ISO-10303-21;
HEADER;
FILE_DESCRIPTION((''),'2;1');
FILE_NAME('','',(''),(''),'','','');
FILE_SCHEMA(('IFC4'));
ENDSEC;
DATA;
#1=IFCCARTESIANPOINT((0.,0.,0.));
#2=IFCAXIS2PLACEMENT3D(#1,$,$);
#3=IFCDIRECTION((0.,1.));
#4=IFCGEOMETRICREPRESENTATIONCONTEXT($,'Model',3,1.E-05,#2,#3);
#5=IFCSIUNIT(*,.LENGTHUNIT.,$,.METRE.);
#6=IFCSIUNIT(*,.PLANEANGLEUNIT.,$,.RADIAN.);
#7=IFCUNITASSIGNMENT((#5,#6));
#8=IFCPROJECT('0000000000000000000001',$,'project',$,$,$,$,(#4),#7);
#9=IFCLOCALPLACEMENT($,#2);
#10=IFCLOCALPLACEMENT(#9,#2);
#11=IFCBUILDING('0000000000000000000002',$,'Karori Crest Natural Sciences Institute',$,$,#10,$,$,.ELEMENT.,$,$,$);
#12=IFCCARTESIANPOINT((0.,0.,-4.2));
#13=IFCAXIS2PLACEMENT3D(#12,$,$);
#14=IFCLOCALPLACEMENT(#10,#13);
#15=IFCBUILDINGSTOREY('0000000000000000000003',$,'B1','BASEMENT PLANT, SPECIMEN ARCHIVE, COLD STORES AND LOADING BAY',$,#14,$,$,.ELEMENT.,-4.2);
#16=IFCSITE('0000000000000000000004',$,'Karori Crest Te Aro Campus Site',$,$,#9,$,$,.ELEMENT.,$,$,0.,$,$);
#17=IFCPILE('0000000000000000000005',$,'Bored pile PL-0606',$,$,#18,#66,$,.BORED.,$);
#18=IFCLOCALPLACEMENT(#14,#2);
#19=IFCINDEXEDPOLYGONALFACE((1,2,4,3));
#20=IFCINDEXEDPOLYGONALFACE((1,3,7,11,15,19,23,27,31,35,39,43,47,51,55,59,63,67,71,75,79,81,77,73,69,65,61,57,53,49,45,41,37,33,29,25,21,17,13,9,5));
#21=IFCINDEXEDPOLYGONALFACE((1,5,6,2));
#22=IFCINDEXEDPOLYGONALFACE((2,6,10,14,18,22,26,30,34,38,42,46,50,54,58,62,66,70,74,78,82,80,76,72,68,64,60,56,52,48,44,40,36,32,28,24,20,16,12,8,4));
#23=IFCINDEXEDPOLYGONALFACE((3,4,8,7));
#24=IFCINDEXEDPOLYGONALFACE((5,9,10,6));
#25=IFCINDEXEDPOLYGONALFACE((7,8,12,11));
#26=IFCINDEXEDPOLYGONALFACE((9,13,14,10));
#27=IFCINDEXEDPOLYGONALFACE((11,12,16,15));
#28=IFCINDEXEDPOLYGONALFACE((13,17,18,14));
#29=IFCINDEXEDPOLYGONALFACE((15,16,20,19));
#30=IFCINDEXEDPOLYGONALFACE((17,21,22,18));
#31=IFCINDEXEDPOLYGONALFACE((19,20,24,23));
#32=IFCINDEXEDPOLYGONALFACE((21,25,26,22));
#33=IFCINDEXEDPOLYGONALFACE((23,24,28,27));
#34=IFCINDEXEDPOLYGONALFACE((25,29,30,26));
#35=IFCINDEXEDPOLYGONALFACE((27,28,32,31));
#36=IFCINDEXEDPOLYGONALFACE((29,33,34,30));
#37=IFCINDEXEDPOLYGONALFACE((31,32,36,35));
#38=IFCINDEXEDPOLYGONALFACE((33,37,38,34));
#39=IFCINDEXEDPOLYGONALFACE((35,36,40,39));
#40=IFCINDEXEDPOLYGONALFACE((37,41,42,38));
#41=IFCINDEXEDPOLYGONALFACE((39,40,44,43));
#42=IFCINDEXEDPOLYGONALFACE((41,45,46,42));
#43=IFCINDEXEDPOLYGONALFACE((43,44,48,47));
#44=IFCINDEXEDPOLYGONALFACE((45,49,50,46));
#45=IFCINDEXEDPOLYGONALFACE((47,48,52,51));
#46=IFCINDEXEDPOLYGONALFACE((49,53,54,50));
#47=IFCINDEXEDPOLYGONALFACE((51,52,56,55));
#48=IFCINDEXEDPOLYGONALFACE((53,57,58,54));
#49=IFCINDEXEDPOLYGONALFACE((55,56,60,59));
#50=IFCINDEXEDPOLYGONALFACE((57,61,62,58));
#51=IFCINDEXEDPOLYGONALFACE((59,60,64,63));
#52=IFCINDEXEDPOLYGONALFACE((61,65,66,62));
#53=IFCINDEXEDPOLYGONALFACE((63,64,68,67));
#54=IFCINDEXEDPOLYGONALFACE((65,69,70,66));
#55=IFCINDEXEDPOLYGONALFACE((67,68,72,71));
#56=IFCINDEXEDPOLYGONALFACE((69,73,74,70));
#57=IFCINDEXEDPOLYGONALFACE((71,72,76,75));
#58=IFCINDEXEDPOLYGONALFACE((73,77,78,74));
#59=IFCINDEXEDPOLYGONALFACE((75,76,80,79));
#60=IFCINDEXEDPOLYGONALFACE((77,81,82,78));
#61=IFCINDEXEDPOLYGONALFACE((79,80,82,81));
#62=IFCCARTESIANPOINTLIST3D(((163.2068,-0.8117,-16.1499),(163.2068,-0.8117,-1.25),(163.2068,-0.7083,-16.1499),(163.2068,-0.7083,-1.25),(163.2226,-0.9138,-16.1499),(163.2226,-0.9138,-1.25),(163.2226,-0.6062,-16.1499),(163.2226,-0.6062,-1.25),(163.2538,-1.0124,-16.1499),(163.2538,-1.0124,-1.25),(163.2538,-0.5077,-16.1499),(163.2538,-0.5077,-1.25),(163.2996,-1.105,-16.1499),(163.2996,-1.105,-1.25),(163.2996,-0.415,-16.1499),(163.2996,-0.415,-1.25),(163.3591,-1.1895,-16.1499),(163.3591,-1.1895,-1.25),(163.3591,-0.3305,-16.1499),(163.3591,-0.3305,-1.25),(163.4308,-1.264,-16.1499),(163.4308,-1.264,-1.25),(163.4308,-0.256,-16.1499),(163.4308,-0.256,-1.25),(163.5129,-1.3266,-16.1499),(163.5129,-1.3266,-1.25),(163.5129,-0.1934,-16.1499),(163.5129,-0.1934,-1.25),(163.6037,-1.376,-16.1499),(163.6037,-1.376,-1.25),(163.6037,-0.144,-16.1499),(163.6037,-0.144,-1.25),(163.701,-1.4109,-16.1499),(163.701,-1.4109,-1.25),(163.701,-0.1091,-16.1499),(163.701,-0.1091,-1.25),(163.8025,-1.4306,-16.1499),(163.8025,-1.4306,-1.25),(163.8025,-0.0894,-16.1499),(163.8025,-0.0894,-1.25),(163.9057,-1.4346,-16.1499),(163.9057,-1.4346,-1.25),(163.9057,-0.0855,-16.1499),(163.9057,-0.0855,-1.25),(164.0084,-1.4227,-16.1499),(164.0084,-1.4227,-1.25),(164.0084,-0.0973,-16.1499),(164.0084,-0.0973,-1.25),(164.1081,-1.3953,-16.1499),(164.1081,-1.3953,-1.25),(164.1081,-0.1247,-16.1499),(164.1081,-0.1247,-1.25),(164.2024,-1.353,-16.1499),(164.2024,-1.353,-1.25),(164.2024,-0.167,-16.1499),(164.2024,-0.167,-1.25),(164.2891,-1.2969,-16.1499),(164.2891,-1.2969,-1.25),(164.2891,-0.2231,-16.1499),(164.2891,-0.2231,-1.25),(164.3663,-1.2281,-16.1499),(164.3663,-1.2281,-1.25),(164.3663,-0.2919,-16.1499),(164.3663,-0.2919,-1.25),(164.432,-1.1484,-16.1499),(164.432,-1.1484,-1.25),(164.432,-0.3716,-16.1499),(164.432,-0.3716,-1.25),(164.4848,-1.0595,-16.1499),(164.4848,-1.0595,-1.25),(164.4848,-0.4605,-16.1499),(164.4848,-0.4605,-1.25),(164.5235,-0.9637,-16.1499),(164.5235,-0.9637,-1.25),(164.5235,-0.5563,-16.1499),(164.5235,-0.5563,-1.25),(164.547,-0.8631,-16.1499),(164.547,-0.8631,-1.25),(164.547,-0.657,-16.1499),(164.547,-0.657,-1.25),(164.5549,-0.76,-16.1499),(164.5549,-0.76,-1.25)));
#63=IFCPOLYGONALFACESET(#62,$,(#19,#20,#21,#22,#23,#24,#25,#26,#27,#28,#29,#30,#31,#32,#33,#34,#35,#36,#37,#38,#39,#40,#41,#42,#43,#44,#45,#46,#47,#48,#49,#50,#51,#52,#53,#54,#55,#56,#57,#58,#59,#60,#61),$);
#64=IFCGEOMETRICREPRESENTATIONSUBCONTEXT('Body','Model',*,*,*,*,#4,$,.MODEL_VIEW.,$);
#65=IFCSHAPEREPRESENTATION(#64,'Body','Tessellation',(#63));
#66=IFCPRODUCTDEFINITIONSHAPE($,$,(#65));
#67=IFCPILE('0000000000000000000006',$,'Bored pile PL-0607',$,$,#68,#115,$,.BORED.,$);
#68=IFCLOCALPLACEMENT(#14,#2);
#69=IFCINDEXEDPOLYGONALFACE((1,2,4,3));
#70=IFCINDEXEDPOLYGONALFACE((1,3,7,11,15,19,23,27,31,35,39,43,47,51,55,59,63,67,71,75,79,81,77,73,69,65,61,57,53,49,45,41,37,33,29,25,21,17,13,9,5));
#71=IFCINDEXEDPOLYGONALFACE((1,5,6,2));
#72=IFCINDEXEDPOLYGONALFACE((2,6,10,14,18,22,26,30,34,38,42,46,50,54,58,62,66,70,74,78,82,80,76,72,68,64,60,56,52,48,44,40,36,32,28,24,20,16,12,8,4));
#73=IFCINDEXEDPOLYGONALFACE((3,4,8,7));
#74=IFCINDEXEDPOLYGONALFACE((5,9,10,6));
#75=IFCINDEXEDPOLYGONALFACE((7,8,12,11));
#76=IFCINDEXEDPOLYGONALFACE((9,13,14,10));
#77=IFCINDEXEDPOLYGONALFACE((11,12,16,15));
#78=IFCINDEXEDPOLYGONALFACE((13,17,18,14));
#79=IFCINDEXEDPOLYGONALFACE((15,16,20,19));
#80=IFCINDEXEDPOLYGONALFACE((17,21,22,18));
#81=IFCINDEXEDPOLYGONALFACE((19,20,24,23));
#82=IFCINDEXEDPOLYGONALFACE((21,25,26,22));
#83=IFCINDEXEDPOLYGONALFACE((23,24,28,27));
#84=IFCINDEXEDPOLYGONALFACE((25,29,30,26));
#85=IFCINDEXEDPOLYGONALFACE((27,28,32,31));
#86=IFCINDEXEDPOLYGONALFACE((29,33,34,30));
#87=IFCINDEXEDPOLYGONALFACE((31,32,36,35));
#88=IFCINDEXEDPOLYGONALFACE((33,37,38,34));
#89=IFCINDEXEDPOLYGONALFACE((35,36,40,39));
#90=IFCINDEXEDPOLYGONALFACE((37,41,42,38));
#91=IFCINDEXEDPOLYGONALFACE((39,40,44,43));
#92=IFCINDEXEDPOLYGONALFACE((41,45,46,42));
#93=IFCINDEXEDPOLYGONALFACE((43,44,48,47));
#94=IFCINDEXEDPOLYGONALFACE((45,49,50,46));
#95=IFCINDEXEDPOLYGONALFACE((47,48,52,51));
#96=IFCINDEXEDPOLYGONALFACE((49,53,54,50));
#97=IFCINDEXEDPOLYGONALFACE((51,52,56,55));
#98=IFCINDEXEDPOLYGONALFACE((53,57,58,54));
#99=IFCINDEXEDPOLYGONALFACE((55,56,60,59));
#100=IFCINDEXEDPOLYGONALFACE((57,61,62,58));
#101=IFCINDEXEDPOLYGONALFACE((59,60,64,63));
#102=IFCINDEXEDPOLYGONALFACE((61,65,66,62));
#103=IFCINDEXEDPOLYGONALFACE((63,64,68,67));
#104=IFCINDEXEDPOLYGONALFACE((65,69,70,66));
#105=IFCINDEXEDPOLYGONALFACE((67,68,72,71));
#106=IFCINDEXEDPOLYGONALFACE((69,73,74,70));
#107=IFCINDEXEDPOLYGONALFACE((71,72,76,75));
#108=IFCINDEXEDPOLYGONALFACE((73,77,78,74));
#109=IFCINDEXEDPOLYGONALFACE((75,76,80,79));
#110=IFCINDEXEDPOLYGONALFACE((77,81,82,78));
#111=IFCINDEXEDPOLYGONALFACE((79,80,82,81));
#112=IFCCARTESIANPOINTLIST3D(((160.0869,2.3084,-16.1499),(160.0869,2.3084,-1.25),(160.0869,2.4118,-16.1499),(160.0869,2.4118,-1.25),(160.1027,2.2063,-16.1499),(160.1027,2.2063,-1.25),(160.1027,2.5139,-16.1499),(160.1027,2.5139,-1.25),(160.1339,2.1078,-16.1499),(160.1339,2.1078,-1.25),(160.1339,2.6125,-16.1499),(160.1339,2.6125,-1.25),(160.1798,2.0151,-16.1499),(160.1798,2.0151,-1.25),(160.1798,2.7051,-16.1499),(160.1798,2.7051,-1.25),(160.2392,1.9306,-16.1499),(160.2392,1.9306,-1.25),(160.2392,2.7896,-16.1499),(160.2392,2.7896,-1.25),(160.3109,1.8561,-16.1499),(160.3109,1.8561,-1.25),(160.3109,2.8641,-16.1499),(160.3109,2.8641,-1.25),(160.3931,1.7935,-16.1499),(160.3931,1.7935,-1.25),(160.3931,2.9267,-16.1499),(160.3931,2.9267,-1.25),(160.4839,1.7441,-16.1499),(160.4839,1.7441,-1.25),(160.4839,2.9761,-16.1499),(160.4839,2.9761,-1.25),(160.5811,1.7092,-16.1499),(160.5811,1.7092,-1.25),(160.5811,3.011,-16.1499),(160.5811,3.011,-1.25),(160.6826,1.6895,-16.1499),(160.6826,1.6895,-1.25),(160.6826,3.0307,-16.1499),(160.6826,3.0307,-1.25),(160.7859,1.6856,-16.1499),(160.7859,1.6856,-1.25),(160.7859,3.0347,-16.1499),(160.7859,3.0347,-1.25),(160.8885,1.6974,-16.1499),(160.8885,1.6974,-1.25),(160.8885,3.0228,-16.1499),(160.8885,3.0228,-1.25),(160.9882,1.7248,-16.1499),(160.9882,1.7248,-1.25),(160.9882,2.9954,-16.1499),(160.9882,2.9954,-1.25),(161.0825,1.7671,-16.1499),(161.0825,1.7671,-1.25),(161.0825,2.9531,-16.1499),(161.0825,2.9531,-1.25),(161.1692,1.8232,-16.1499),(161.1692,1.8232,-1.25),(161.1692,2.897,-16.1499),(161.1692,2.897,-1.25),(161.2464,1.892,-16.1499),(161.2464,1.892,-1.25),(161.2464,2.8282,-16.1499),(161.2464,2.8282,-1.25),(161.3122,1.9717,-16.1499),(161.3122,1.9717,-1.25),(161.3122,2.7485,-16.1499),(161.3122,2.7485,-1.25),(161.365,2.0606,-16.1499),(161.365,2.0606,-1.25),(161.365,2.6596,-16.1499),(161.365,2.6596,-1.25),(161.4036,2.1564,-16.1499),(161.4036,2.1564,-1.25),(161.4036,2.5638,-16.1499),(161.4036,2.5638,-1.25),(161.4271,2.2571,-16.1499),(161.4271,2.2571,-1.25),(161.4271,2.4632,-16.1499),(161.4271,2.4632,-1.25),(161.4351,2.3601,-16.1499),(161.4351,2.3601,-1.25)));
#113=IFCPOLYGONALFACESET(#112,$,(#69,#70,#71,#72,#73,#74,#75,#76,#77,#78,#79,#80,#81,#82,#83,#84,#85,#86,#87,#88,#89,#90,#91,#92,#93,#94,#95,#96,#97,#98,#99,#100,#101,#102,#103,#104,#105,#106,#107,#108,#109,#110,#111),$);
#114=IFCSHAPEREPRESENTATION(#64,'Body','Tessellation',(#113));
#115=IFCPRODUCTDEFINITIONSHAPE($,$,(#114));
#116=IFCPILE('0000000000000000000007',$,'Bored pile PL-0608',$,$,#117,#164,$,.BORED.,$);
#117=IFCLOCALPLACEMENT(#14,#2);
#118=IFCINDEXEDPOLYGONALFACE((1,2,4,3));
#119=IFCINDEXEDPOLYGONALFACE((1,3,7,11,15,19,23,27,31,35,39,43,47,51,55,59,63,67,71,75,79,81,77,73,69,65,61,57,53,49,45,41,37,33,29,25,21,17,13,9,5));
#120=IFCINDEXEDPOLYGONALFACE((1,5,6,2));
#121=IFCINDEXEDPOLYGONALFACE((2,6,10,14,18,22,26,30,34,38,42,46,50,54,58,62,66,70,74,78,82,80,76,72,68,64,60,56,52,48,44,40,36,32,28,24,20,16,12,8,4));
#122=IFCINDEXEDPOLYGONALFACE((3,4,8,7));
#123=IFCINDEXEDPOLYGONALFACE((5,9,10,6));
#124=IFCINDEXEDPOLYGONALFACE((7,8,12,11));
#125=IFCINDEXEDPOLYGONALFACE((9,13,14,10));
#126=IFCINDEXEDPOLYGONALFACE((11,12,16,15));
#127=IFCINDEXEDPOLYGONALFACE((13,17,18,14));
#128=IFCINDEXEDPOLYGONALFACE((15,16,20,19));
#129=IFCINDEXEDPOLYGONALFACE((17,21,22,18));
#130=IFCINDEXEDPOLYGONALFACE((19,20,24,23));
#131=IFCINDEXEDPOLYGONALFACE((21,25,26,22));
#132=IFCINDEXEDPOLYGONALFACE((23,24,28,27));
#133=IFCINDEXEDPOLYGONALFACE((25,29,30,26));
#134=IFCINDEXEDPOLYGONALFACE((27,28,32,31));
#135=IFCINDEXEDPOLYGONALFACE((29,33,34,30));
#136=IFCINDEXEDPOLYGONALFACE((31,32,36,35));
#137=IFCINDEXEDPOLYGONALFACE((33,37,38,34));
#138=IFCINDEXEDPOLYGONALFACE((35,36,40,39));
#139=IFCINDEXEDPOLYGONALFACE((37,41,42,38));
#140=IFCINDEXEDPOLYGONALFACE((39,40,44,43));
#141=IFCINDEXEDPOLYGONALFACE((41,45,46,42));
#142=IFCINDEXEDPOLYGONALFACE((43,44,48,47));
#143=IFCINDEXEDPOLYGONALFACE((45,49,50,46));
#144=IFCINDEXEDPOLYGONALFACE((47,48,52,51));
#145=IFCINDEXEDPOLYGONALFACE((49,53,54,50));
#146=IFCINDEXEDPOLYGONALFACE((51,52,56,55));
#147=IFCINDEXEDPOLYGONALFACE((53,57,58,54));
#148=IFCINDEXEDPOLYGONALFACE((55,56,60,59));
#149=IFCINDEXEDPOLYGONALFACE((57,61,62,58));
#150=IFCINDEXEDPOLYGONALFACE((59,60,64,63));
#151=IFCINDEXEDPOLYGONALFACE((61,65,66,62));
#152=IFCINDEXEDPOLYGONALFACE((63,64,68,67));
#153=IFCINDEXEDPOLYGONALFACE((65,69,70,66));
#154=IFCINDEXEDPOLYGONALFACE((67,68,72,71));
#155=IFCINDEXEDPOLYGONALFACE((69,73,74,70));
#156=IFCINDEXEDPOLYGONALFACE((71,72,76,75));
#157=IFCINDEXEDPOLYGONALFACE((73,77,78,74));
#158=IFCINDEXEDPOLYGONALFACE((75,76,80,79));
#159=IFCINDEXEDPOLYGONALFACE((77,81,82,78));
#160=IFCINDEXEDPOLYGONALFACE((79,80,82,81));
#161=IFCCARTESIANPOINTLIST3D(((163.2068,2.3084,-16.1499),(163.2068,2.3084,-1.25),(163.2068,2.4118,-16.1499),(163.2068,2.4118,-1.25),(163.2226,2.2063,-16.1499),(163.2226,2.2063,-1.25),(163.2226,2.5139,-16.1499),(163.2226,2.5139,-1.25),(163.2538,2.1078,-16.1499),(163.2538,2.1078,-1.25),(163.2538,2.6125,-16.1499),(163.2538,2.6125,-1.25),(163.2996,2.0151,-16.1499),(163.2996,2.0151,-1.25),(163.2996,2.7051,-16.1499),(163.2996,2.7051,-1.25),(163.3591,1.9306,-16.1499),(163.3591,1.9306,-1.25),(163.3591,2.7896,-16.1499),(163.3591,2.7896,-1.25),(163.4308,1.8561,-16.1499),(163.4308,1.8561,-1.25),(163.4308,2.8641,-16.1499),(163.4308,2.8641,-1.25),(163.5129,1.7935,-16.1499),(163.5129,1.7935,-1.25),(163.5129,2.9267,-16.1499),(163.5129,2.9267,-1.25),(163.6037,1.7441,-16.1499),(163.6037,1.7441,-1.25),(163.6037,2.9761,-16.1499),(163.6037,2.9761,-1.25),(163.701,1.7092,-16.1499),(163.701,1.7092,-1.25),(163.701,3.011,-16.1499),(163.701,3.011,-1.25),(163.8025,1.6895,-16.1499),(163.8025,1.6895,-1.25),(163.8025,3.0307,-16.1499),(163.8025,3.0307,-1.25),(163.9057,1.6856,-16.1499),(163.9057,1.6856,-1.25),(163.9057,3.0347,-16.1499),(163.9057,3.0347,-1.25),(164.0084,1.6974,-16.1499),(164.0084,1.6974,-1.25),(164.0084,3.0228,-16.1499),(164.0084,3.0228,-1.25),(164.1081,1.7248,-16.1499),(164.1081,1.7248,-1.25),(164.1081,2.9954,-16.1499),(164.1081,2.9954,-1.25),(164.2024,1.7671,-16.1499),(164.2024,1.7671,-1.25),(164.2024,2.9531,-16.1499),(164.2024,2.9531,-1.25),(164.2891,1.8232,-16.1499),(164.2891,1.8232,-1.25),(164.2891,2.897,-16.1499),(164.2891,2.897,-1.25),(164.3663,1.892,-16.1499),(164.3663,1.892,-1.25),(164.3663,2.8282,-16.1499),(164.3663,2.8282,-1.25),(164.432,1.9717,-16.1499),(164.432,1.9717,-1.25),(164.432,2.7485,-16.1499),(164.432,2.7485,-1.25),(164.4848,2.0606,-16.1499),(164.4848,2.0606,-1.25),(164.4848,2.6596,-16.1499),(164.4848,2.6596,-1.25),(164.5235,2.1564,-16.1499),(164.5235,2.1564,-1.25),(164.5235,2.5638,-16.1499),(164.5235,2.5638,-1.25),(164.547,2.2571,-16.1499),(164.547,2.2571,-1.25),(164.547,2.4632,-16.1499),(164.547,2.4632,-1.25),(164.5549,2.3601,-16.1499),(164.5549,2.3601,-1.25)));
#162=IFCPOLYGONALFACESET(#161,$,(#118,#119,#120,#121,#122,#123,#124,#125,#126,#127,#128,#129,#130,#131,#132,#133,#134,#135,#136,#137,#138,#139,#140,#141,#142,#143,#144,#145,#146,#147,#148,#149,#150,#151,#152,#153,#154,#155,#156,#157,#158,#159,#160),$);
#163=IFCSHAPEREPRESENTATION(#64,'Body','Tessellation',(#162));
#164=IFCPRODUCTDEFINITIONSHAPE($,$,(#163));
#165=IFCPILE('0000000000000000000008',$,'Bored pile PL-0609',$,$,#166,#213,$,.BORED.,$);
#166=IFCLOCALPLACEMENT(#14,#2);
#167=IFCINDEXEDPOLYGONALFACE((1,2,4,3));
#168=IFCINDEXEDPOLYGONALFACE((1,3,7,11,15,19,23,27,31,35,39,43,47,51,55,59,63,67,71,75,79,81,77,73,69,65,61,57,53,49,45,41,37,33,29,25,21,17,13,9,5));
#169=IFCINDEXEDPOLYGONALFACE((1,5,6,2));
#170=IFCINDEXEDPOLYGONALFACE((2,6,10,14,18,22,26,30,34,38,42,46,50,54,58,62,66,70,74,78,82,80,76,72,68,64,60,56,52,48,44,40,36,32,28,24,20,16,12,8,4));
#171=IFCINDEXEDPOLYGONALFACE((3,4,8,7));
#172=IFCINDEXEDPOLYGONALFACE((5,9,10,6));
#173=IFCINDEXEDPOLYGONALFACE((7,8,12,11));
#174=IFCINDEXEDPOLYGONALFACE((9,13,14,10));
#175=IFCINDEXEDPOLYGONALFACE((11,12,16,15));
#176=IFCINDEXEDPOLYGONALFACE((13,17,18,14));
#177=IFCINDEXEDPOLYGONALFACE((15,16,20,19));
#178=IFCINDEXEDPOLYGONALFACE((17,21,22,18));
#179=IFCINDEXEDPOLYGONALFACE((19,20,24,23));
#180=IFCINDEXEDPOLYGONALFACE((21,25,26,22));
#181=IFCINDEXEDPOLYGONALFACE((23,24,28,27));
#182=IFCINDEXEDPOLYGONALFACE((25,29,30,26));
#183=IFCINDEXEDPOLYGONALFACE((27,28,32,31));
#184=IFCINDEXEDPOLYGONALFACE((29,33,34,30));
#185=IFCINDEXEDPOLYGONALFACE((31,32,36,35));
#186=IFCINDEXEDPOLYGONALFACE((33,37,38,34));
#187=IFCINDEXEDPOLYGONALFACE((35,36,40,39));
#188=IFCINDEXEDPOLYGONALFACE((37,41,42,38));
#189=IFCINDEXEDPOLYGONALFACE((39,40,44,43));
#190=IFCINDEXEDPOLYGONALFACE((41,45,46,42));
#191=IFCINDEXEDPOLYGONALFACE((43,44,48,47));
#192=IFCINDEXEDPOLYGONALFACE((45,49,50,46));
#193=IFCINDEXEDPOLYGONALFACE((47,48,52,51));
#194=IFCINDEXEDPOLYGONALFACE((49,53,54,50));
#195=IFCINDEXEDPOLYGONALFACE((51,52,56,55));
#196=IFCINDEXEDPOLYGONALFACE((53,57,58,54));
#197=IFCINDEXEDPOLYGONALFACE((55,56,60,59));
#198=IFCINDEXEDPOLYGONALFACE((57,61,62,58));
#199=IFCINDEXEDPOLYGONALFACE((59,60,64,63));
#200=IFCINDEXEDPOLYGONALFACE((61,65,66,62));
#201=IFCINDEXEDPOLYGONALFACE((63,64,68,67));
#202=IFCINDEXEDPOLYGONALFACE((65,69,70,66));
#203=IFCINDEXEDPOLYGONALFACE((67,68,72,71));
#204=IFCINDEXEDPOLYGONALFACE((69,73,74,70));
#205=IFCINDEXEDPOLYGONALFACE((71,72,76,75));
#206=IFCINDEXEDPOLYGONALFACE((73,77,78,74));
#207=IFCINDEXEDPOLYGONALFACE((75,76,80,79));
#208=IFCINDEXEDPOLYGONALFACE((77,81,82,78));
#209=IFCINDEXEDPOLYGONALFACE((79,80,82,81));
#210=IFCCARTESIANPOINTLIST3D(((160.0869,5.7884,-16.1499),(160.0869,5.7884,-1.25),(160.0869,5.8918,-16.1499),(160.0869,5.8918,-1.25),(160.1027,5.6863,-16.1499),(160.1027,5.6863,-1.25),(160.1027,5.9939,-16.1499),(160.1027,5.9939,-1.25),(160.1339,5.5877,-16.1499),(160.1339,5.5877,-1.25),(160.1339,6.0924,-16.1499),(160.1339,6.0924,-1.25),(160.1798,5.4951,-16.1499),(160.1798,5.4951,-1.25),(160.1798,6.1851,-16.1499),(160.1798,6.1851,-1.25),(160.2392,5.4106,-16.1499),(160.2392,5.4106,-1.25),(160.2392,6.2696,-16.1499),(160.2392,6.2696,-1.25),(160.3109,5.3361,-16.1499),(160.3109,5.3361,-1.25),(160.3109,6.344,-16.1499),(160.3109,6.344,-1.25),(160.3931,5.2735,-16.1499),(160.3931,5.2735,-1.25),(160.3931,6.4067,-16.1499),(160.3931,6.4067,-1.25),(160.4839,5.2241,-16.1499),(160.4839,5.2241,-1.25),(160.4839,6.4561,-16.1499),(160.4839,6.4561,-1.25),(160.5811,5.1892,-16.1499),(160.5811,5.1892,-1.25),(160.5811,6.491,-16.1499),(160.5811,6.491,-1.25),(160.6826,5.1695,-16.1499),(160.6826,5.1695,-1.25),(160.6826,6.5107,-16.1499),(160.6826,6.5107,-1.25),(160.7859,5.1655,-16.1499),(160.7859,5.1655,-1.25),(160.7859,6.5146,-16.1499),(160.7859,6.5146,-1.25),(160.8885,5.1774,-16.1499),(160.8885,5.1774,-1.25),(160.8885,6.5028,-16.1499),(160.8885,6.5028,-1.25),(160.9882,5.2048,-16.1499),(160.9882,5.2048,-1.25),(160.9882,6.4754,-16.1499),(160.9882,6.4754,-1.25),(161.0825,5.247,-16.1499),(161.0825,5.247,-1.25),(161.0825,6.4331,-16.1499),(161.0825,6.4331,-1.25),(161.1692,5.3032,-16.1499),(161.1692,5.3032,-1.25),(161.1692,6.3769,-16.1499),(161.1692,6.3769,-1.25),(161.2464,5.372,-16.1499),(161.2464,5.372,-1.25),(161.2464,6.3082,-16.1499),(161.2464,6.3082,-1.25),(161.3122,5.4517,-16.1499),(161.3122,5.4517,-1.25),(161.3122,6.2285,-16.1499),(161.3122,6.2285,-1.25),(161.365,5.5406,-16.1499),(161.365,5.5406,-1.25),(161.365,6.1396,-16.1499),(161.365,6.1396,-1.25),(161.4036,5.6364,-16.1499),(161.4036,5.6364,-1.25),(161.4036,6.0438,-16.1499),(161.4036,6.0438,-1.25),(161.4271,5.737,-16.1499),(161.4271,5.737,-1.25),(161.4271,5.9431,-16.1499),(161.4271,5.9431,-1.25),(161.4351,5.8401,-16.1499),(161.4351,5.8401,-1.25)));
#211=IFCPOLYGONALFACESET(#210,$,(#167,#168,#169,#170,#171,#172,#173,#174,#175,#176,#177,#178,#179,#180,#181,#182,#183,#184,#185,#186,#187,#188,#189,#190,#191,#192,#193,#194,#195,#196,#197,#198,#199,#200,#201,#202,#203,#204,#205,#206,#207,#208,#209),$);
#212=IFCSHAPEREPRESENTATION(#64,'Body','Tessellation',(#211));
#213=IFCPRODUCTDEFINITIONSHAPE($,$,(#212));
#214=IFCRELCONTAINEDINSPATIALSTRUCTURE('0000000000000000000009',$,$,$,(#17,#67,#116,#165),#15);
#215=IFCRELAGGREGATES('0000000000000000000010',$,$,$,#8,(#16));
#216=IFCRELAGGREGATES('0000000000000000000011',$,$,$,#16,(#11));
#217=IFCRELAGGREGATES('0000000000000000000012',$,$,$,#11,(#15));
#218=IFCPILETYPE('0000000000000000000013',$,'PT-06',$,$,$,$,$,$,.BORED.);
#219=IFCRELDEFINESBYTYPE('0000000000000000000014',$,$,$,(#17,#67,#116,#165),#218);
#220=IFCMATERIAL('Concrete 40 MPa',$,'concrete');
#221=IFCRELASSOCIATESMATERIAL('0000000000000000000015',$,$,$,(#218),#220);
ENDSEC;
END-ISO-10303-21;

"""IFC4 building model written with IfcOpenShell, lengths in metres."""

from ifc_helpers import new_model, si_unit, direction, frame, origin, origin_2d, place, context, subcontext, project, spatial, circle, extrude, material, material_profile, profile_set, type_object, element, save


model = new_model("IFC4")

# Units and contexts
model_context = context("Model", 3, precision=1e-05, world=origin(), true_north=direction((0.0, 1.0)))
body_context = subcontext(model_context, "Body", "Model", "MODEL_VIEW")
ifc_project = project(units=[si_unit("LENGTHUNIT", "METRE"), si_unit("PLANEANGLEUNIT", "RADIAN")], contexts=[model_context])

# Site, building, storey
site_placement = place(None, origin())
site = spatial("IfcSite", under=ifc_project, at=site_placement, Name="Karori Crest Te Aro Campus Site", CompositionType="ELEMENT", RefElevation=0.0)
building_placement = place(site_placement, origin())
building = spatial("IfcBuilding", under=site, at=building_placement, Name="Karori Crest Natural Sciences Institute", CompositionType="ELEMENT")
storey_placement = place(building_placement, frame((0.0, 0.0, -4.2)))
storey = spatial("IfcBuildingStorey", under=building, at=storey_placement, Name="B1", Description="BASEMENT PLANT, SPECIMEN ARCHIVE, COLD STORES AND LOADING BAY", CompositionType="ELEMENT", Elevation=-4.2)

# Shared definitions
ifc_material_1 = material(Name="Concrete 40 MPa", Category="concrete")

# Piles
ifc_material_profile_1 = material_profile(ifc_material_1, circle(Radius=0.675, at=origin_2d()), Name="PILE1350")
ifc_profile_set_1 = profile_set([ifc_material_profile_1], Name="Concrete 40 MPa")
pile_type = type_object("IfcPileType", Name="PT-06", PredefinedType="BORED", material=ifc_profile_set_1)
for number, where, z_axis, x_axis, name in (
    (1, (163.8799, -0.76, -1.25), (0.0, 0.0, -1.0), (1.0, 0.0, 0.0), "Bored pile PL-0606"),
    (2, (160.76, 2.3601, -1.25), (0.0, 0.0, -1.0), (1.0, 0.0, 0.0), "Bored pile PL-0607"),
    (3, (163.8799, 2.3601, -1.25), (0.0, 0.0, -1.0), (1.0, 0.0, 0.0), "Bored pile PL-0608"),
    (4, (160.76, 5.8401, -1.25), (0.0, 0.0, -1.0), (1.0, 0.0, 0.0), "Bored pile PL-0609"),
):
    element("IfcPile", number, at=place(storey_placement, frame(where, z_axis=z_axis, x_axis=x_axis)), inside=storey, type_object=pile_type, Name=name, PredefinedType="BORED", context=body_context, shape_type="SweptSolid", body=[
        extrude(circle(Radius=0.675, at=origin_2d()), origin(), (0.0, 0.0, 1.0), 14.8999),
    ])

save(model, "model.ifc")
